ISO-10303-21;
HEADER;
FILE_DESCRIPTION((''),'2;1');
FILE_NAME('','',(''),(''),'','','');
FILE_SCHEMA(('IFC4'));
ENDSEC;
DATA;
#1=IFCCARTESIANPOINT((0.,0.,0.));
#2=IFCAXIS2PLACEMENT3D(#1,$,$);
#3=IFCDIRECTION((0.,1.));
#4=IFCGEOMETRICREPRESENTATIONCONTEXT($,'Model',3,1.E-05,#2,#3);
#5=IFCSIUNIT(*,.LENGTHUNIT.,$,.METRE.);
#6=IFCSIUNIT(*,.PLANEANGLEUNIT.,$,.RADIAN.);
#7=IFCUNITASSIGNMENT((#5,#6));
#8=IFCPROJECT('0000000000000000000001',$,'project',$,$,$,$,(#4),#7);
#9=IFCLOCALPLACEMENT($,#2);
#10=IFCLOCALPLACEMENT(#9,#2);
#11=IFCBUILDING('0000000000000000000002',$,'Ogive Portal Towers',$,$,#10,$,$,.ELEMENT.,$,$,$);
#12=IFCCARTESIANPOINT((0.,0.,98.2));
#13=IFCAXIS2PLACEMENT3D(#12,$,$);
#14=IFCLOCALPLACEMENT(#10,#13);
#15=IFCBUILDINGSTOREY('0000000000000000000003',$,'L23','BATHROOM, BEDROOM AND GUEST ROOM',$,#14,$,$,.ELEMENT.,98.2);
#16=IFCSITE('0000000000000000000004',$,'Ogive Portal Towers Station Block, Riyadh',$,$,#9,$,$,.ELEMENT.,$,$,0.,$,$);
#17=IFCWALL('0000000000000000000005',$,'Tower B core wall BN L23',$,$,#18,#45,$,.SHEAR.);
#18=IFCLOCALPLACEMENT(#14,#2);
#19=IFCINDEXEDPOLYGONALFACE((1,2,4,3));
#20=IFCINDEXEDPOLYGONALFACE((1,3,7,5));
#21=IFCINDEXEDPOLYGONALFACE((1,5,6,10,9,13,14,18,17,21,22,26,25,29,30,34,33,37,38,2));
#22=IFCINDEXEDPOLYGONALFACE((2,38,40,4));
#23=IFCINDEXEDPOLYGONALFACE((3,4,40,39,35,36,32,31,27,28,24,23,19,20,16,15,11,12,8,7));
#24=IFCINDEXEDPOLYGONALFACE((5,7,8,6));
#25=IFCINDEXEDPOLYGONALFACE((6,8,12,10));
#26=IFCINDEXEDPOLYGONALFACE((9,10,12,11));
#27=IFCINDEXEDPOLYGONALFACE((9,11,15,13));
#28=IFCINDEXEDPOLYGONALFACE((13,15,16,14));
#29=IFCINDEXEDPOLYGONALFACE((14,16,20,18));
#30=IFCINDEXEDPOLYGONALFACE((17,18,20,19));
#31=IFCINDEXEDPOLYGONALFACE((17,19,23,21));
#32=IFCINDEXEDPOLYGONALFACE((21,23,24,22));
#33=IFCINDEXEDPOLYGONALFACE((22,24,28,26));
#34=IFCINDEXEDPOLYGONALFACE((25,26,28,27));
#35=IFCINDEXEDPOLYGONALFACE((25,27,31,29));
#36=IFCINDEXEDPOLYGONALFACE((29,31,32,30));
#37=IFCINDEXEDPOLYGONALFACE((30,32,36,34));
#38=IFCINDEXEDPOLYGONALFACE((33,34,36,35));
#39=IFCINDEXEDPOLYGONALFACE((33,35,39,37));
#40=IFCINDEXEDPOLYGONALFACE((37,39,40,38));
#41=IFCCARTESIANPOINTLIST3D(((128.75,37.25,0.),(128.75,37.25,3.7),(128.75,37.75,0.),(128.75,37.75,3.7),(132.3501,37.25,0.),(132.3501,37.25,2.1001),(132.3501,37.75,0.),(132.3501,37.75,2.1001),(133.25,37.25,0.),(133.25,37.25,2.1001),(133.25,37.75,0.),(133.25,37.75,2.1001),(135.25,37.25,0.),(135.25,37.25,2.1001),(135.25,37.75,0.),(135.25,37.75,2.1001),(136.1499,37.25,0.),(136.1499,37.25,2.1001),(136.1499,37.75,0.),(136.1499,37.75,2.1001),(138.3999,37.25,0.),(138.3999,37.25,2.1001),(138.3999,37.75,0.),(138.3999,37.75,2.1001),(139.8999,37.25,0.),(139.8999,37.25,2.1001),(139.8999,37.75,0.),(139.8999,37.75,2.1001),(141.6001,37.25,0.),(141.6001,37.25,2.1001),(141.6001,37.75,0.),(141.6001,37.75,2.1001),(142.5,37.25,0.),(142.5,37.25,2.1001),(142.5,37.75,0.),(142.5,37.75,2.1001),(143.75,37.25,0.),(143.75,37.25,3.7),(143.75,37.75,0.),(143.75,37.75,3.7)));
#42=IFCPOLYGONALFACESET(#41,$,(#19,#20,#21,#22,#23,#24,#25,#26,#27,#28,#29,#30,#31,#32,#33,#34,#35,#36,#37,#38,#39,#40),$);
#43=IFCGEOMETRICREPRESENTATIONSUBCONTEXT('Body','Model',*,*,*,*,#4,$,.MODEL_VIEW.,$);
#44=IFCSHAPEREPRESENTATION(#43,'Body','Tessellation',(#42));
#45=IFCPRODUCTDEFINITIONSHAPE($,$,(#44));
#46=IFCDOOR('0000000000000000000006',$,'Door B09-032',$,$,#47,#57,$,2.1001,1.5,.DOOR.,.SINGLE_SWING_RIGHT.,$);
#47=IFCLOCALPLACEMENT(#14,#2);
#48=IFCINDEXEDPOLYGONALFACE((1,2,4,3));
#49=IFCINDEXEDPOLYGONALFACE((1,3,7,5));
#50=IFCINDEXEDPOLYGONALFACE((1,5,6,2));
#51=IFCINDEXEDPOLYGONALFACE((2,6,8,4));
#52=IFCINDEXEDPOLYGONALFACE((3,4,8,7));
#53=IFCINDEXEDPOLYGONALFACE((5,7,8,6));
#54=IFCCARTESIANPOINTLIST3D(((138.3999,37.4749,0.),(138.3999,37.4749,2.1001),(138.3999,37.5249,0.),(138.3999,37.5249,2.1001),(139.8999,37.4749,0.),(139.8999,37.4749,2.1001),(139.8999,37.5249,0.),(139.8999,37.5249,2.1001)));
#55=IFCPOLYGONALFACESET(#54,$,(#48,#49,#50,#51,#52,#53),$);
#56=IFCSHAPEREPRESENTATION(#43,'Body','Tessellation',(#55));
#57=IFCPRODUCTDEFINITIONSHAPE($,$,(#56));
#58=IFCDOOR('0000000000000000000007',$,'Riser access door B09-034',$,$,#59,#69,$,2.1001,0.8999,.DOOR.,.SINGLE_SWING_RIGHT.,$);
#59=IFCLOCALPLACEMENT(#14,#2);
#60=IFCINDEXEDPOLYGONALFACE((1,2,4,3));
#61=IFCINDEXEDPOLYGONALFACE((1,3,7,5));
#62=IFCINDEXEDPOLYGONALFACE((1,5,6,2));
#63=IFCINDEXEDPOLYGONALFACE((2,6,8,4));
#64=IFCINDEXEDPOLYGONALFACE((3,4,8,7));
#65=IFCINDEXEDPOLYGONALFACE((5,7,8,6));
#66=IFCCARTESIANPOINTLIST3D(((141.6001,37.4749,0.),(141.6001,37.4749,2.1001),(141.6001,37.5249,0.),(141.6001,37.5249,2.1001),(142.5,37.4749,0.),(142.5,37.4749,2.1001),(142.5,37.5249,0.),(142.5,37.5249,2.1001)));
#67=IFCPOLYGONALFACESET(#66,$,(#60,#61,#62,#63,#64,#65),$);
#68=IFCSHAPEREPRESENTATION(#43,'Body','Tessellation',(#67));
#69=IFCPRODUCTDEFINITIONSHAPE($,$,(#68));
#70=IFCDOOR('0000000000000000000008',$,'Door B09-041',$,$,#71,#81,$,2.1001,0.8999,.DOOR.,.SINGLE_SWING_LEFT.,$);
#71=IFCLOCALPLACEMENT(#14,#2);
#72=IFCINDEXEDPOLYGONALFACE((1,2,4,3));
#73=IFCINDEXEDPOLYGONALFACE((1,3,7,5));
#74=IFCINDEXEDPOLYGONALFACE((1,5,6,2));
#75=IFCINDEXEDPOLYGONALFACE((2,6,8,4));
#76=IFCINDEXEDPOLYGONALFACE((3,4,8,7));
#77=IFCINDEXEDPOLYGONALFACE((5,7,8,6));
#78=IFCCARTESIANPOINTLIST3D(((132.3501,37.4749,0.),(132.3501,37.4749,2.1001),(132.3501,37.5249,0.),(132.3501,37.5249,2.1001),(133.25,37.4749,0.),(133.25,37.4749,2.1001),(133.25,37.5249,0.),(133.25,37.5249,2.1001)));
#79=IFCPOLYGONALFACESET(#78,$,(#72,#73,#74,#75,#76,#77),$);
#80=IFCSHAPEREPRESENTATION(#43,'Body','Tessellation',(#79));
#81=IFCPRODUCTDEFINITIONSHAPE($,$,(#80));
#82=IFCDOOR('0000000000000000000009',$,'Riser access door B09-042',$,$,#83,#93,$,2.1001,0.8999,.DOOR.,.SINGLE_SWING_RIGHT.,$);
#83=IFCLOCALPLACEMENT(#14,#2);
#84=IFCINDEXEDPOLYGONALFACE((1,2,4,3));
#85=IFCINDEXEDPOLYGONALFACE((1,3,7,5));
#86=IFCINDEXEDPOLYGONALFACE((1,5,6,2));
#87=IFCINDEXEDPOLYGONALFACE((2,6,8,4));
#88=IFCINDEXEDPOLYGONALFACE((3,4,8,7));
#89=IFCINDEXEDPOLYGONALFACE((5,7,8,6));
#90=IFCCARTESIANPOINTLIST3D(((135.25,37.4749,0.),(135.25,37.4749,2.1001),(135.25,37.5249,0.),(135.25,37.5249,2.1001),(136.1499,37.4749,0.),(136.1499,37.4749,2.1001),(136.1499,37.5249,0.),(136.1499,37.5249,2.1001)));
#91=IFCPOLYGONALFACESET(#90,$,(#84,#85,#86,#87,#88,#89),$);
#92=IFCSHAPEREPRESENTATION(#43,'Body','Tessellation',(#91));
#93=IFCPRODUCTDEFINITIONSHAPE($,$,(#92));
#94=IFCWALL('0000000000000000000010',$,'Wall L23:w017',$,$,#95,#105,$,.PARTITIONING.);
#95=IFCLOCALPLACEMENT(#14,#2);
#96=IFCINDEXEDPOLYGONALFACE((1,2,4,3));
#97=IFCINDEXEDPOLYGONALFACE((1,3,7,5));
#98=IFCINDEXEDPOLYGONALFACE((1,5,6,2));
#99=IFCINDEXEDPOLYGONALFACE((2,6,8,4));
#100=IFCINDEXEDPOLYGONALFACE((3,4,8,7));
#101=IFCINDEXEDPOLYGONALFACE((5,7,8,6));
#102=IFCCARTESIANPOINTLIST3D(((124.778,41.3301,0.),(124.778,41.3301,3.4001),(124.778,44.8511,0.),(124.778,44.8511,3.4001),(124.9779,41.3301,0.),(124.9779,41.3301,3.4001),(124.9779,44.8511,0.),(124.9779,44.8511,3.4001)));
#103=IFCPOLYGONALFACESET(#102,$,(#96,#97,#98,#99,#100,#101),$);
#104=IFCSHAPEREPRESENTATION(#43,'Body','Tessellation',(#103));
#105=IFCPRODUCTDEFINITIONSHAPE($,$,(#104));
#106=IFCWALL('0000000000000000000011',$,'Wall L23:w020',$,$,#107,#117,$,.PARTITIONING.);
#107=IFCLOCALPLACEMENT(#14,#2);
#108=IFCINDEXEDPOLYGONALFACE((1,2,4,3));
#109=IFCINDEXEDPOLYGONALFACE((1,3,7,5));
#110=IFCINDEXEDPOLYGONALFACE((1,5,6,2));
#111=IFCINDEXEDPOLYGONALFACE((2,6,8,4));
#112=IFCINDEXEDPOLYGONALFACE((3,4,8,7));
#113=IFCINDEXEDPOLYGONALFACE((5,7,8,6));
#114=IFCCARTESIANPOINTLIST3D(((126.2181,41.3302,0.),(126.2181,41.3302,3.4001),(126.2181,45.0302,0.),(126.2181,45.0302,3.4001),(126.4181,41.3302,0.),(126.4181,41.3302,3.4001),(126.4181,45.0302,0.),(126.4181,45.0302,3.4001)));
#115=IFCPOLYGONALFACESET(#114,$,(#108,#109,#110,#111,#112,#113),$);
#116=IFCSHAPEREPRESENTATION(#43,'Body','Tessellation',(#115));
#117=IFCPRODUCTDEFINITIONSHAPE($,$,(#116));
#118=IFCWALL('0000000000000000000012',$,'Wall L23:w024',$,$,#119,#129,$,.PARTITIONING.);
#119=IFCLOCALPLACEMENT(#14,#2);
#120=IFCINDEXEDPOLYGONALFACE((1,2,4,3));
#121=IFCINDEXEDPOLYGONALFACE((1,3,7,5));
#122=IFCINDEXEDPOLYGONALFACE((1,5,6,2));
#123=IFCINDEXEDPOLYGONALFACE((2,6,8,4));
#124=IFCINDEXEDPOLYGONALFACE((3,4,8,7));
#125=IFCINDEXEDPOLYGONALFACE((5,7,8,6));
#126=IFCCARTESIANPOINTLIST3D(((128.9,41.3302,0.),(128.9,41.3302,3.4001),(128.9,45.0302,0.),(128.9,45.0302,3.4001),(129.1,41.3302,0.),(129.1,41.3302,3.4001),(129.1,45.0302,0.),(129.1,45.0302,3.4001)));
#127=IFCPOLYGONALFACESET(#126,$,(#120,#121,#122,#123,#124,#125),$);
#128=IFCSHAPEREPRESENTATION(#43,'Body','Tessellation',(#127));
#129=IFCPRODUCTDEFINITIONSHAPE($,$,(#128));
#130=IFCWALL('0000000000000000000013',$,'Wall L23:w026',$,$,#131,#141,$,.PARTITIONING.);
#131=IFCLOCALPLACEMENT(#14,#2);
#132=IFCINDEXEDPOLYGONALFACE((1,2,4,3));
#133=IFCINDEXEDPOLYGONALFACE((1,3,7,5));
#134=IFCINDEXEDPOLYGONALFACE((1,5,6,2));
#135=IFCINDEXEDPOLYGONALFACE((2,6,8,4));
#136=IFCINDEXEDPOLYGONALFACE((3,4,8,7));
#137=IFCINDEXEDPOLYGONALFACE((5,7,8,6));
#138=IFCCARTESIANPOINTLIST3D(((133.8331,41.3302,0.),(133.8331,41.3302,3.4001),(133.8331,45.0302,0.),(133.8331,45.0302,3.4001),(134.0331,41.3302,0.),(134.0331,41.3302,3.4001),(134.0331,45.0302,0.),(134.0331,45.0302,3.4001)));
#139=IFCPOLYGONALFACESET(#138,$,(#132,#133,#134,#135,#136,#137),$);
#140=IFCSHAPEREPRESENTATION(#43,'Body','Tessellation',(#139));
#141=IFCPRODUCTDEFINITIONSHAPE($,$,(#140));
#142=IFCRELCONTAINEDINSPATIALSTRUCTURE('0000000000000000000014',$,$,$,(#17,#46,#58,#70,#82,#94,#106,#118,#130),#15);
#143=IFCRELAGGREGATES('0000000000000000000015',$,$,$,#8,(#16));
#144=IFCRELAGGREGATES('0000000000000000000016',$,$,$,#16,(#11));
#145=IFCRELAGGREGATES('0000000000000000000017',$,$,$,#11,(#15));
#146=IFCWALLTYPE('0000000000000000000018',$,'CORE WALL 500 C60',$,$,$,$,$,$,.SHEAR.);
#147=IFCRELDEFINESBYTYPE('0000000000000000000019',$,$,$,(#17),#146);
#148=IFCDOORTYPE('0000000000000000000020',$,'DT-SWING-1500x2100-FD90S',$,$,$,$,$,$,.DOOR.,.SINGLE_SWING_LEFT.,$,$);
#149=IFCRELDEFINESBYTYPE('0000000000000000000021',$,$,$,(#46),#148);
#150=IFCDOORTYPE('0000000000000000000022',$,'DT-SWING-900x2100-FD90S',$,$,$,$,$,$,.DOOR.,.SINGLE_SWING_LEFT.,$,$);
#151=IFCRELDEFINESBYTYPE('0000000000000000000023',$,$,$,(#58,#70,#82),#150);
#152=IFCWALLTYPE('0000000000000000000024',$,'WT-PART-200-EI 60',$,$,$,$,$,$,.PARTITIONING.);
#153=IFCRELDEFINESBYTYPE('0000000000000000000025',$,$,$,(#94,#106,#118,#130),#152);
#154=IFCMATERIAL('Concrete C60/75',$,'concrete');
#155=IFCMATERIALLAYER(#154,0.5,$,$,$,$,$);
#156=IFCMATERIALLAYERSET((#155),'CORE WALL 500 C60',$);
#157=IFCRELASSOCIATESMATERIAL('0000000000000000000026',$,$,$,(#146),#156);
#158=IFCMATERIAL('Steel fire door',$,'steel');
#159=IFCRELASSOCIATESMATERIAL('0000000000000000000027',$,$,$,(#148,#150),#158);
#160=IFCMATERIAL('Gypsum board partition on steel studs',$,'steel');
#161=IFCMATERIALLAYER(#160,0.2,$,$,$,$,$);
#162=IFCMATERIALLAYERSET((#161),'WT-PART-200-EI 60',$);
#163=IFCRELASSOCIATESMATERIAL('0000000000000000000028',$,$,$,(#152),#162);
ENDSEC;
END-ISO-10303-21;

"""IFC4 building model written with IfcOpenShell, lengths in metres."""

from ifc_helpers import new_model, si_unit, direction, frame, frame_2d, origin, place, context, subcontext, project, spatial, rectangle, extrude, material, layer, layer_set, type_object, element, fill, save


model = new_model("IFC4")

# Units and contexts
model_context = context("Model", 3, precision=1e-05, world=origin(), true_north=direction((0.0, 1.0)))
body_context = subcontext(model_context, "Body", "Model", "MODEL_VIEW")
ifc_project = project(units=[si_unit("LENGTHUNIT", "METRE"), si_unit("PLANEANGLEUNIT", "RADIAN")], contexts=[model_context])

# Site, building, storey
site_placement = place(None, origin())
site = spatial("IfcSite", under=ifc_project, at=site_placement, Name="Ogive Portal Towers Station Block, Riyadh", CompositionType="ELEMENT", RefElevation=0.0)
building_placement = place(site_placement, origin())
building = spatial("IfcBuilding", under=site, at=building_placement, Name="Ogive Portal Towers", CompositionType="ELEMENT")
storey_placement = place(building_placement, frame((0.0, 0.0, 98.2)))
storey = spatial("IfcBuildingStorey", under=building, at=storey_placement, Name="L23", Description="BATHROOM, BEDROOM AND GUEST ROOM", CompositionType="ELEMENT", Elevation=98.2)

# Wall, openings, doors
ifc_material_1 = material(Name="Concrete C60/75", Category="concrete")
ifc_layer_1 = layer(ifc_material_1, 0.5)
ifc_layer_set_1 = layer_set([ifc_layer_1], Name="CORE WALL 500 C60")
wall_type_1 = type_object("IfcWallType", Name="CORE WALL 500 C60", PredefinedType="SHEAR", material=ifc_layer_set_1)
wall_1_placement = place(storey_placement, frame((128.75, 37.5, 0.0), z_axis=(0.0, 0.0, 1.0), x_axis=(1.0, 0.0, 0.0)))
wall_1 = element("IfcWall", 1, at=wall_1_placement, inside=storey, type_object=wall_type_1, Name="Tower B core wall BN L23", PredefinedType="SHEAR", context=body_context, shape_type="SweptSolid", body=[
    extrude(rectangle(XDim=15.0, YDim=0.5, at=frame_2d((7.5, 0.0))), origin(), (0.0, 0.0, 1.0), 3.7),
])
opening_1_placement = place(wall_1_placement, frame((9.6499, 0.0, 0.0)))
opening_1 = element("IfcOpeningElement", 2, at=opening_1_placement, cuts=wall_1, PredefinedType="OPENING", context=body_context, shape_type="SweptSolid", body=[
    extrude(rectangle(XDim=1.5, YDim=2.1001, at=frame_2d((0.75, 1.05))), frame((0.0, 0.26, 0.0), z_axis=(0.0, -1.0, 0.0), x_axis=(1.0, 0.0, 0.0)), (0.0, 0.0, 1.0), 0.52),
])
opening_2_placement = place(wall_1_placement, frame((12.8501, 0.0, 0.0)))
opening_2 = element("IfcOpeningElement", 3, at=opening_2_placement, cuts=wall_1, PredefinedType="OPENING", context=body_context, shape_type="SweptSolid", body=[
    extrude(rectangle(XDim=0.8999, YDim=2.1001, at=frame_2d((0.45, 1.05))), frame((0.0, 0.26, 0.0), z_axis=(0.0, -1.0, 0.0), x_axis=(1.0, 0.0, 0.0)), (0.0, 0.0, 1.0), 0.52),
])
opening_3_placement = place(wall_1_placement, frame((3.6001, 0.0, 0.0)))
opening_3 = element("IfcOpeningElement", 4, at=opening_3_placement, cuts=wall_1, PredefinedType="OPENING", context=body_context, shape_type="SweptSolid", body=[
    extrude(rectangle(XDim=0.8999, YDim=2.1001, at=frame_2d((0.45, 1.05))), frame((0.0, 0.26, 0.0), z_axis=(0.0, -1.0, 0.0), x_axis=(1.0, 0.0, 0.0)), (0.0, 0.0, 1.0), 0.52),
])
opening_4_placement = place(wall_1_placement, frame((6.5, 0.0, 0.0)))
opening_4 = element("IfcOpeningElement", 5, at=opening_4_placement, cuts=wall_1, PredefinedType="OPENING", context=body_context, shape_type="SweptSolid", body=[
    extrude(rectangle(XDim=0.8999, YDim=2.1001, at=frame_2d((0.45, 1.05))), frame((0.0, 0.26, 0.0), z_axis=(0.0, -1.0, 0.0), x_axis=(1.0, 0.0, 0.0)), (0.0, 0.0, 1.0), 0.52),
])
ifc_material_2 = material(Name="Steel fire door", Category="steel")
door_type_1 = type_object("IfcDoorType", Name="DT-SWING-1500x2100-FD90S", OperationType="SINGLE_SWING_LEFT", PredefinedType="DOOR", material=ifc_material_2)
door_1_placement = place(opening_1_placement, origin())
door_1 = element("IfcDoor", 6, at=door_1_placement, inside=storey, type_object=door_type_1, Name="Door B09-032", OperationType="SINGLE_SWING_RIGHT", OverallHeight=2.1001, OverallWidth=1.5, PredefinedType="DOOR", context=body_context, shape_type="SweptSolid", body=[
    extrude(rectangle(XDim=1.5, YDim=2.1001, at=frame_2d((0.75, 1.05))), frame((0.0, 0.0249, 0.0), z_axis=(0.0, -1.0, 0.0), x_axis=(1.0, 0.0, 0.0)), (0.0, 0.0, 1.0), 0.05),
])
fill(opening_1, door_1)
door_type_2 = type_object("IfcDoorType", Name="DT-SWING-900x2100-FD90S", OperationType="SINGLE_SWING_LEFT", PredefinedType="DOOR", material=ifc_material_2)
door_2_placement = place(opening_2_placement, origin())
door_2 = element("IfcDoor", 7, at=door_2_placement, inside=storey, type_object=door_type_2, Name="Riser access door B09-034", OperationType="SINGLE_SWING_RIGHT", OverallHeight=2.1001, OverallWidth=0.8999, PredefinedType="DOOR", context=body_context, shape_type="SweptSolid", body=[
    extrude(rectangle(XDim=0.8999, YDim=2.1001, at=frame_2d((0.45, 1.05))), frame((0.0, 0.0249, 0.0), z_axis=(0.0, -1.0, 0.0), x_axis=(1.0, 0.0, 0.0)), (0.0, 0.0, 1.0), 0.05),
])
fill(opening_2, door_2)
door_3_placement = place(opening_3_placement, origin())
door_3 = element("IfcDoor", 8, at=door_3_placement, inside=storey, type_object=door_type_2, Name="Door B09-041", OperationType="SINGLE_SWING_LEFT", OverallHeight=2.1001, OverallWidth=0.8999, PredefinedType="DOOR", context=body_context, shape_type="SweptSolid", body=[
    extrude(rectangle(XDim=0.8999, YDim=2.1001, at=frame_2d((0.45, 1.05))), frame((0.0, 0.0249, 0.0), z_axis=(0.0, -1.0, 0.0), x_axis=(1.0, 0.0, 0.0)), (0.0, 0.0, 1.0), 0.05),
])
fill(opening_3, door_3)
door_4_placement = place(opening_4_placement, origin())
door_4 = element("IfcDoor", 9, at=door_4_placement, inside=storey, type_object=door_type_2, Name="Riser access door B09-042", OperationType="SINGLE_SWING_RIGHT", OverallHeight=2.1001, OverallWidth=0.8999, PredefinedType="DOOR", context=body_context, shape_type="SweptSolid", body=[
    extrude(rectangle(XDim=0.8999, YDim=2.1001, at=frame_2d((0.45, 1.05))), frame((0.0, 0.0249, 0.0), z_axis=(0.0, -1.0, 0.0), x_axis=(1.0, 0.0, 0.0)), (0.0, 0.0, 1.0), 0.05),
])
fill(opening_4, door_4)

# Walls
ifc_material_3 = material(Name="Gypsum board partition on steel studs", Category="steel")
ifc_layer_2 = layer(ifc_material_3, 0.2)
ifc_layer_set_2 = layer_set([ifc_layer_2], Name="WT-PART-200-EI 60")
wall_type_2 = type_object("IfcWallType", Name="WT-PART-200-EI 60", PredefinedType="PARTITIONING", material=ifc_layer_set_2)
wall_2_placement = place(storey_placement, frame((124.8779, 41.3301, 0.0), z_axis=(0.0, 0.0, 1.0), x_axis=(0.0, 1.0, 0.0)))
element("IfcWall", 10, at=wall_2_placement, inside=storey, type_object=wall_type_2, Name="Wall L23:w017", PredefinedType="PARTITIONING", context=body_context, shape_type="SweptSolid", body=[
    extrude(rectangle(XDim=3.521, YDim=0.2, at=frame_2d((1.7605, 0.0))), origin(), (0.0, 0.0, 1.0), 3.4001),
])
for number, where, z_axis, x_axis, name in (
    (11, (126.3181, 41.3301, 0.0), (0.0, 0.0, 1.0), (0.0, 1.0, 0.0), "Wall L23:w020"),
    (12, (129.0, 41.3301, 0.0), (0.0, 0.0, 1.0), (0.0, 1.0, 0.0), "Wall L23:w024"),
    (13, (133.9331, 41.3301, 0.0), (0.0, 0.0, 1.0), (0.0, 1.0, 0.0), "Wall L23:w026"),
):
    element("IfcWall", number, at=place(storey_placement, frame(where, z_axis=z_axis, x_axis=x_axis)), inside=storey, type_object=wall_type_2, Name=name, PredefinedType="PARTITIONING", context=body_context, shape_type="SweptSolid", body=[
        extrude(rectangle(XDim=3.7, YDim=0.2, at=frame_2d((1.8501, 0.0))), origin(), (0.0, 0.0, 1.0), 3.4001),
    ])

save(model, "model.ifc")
